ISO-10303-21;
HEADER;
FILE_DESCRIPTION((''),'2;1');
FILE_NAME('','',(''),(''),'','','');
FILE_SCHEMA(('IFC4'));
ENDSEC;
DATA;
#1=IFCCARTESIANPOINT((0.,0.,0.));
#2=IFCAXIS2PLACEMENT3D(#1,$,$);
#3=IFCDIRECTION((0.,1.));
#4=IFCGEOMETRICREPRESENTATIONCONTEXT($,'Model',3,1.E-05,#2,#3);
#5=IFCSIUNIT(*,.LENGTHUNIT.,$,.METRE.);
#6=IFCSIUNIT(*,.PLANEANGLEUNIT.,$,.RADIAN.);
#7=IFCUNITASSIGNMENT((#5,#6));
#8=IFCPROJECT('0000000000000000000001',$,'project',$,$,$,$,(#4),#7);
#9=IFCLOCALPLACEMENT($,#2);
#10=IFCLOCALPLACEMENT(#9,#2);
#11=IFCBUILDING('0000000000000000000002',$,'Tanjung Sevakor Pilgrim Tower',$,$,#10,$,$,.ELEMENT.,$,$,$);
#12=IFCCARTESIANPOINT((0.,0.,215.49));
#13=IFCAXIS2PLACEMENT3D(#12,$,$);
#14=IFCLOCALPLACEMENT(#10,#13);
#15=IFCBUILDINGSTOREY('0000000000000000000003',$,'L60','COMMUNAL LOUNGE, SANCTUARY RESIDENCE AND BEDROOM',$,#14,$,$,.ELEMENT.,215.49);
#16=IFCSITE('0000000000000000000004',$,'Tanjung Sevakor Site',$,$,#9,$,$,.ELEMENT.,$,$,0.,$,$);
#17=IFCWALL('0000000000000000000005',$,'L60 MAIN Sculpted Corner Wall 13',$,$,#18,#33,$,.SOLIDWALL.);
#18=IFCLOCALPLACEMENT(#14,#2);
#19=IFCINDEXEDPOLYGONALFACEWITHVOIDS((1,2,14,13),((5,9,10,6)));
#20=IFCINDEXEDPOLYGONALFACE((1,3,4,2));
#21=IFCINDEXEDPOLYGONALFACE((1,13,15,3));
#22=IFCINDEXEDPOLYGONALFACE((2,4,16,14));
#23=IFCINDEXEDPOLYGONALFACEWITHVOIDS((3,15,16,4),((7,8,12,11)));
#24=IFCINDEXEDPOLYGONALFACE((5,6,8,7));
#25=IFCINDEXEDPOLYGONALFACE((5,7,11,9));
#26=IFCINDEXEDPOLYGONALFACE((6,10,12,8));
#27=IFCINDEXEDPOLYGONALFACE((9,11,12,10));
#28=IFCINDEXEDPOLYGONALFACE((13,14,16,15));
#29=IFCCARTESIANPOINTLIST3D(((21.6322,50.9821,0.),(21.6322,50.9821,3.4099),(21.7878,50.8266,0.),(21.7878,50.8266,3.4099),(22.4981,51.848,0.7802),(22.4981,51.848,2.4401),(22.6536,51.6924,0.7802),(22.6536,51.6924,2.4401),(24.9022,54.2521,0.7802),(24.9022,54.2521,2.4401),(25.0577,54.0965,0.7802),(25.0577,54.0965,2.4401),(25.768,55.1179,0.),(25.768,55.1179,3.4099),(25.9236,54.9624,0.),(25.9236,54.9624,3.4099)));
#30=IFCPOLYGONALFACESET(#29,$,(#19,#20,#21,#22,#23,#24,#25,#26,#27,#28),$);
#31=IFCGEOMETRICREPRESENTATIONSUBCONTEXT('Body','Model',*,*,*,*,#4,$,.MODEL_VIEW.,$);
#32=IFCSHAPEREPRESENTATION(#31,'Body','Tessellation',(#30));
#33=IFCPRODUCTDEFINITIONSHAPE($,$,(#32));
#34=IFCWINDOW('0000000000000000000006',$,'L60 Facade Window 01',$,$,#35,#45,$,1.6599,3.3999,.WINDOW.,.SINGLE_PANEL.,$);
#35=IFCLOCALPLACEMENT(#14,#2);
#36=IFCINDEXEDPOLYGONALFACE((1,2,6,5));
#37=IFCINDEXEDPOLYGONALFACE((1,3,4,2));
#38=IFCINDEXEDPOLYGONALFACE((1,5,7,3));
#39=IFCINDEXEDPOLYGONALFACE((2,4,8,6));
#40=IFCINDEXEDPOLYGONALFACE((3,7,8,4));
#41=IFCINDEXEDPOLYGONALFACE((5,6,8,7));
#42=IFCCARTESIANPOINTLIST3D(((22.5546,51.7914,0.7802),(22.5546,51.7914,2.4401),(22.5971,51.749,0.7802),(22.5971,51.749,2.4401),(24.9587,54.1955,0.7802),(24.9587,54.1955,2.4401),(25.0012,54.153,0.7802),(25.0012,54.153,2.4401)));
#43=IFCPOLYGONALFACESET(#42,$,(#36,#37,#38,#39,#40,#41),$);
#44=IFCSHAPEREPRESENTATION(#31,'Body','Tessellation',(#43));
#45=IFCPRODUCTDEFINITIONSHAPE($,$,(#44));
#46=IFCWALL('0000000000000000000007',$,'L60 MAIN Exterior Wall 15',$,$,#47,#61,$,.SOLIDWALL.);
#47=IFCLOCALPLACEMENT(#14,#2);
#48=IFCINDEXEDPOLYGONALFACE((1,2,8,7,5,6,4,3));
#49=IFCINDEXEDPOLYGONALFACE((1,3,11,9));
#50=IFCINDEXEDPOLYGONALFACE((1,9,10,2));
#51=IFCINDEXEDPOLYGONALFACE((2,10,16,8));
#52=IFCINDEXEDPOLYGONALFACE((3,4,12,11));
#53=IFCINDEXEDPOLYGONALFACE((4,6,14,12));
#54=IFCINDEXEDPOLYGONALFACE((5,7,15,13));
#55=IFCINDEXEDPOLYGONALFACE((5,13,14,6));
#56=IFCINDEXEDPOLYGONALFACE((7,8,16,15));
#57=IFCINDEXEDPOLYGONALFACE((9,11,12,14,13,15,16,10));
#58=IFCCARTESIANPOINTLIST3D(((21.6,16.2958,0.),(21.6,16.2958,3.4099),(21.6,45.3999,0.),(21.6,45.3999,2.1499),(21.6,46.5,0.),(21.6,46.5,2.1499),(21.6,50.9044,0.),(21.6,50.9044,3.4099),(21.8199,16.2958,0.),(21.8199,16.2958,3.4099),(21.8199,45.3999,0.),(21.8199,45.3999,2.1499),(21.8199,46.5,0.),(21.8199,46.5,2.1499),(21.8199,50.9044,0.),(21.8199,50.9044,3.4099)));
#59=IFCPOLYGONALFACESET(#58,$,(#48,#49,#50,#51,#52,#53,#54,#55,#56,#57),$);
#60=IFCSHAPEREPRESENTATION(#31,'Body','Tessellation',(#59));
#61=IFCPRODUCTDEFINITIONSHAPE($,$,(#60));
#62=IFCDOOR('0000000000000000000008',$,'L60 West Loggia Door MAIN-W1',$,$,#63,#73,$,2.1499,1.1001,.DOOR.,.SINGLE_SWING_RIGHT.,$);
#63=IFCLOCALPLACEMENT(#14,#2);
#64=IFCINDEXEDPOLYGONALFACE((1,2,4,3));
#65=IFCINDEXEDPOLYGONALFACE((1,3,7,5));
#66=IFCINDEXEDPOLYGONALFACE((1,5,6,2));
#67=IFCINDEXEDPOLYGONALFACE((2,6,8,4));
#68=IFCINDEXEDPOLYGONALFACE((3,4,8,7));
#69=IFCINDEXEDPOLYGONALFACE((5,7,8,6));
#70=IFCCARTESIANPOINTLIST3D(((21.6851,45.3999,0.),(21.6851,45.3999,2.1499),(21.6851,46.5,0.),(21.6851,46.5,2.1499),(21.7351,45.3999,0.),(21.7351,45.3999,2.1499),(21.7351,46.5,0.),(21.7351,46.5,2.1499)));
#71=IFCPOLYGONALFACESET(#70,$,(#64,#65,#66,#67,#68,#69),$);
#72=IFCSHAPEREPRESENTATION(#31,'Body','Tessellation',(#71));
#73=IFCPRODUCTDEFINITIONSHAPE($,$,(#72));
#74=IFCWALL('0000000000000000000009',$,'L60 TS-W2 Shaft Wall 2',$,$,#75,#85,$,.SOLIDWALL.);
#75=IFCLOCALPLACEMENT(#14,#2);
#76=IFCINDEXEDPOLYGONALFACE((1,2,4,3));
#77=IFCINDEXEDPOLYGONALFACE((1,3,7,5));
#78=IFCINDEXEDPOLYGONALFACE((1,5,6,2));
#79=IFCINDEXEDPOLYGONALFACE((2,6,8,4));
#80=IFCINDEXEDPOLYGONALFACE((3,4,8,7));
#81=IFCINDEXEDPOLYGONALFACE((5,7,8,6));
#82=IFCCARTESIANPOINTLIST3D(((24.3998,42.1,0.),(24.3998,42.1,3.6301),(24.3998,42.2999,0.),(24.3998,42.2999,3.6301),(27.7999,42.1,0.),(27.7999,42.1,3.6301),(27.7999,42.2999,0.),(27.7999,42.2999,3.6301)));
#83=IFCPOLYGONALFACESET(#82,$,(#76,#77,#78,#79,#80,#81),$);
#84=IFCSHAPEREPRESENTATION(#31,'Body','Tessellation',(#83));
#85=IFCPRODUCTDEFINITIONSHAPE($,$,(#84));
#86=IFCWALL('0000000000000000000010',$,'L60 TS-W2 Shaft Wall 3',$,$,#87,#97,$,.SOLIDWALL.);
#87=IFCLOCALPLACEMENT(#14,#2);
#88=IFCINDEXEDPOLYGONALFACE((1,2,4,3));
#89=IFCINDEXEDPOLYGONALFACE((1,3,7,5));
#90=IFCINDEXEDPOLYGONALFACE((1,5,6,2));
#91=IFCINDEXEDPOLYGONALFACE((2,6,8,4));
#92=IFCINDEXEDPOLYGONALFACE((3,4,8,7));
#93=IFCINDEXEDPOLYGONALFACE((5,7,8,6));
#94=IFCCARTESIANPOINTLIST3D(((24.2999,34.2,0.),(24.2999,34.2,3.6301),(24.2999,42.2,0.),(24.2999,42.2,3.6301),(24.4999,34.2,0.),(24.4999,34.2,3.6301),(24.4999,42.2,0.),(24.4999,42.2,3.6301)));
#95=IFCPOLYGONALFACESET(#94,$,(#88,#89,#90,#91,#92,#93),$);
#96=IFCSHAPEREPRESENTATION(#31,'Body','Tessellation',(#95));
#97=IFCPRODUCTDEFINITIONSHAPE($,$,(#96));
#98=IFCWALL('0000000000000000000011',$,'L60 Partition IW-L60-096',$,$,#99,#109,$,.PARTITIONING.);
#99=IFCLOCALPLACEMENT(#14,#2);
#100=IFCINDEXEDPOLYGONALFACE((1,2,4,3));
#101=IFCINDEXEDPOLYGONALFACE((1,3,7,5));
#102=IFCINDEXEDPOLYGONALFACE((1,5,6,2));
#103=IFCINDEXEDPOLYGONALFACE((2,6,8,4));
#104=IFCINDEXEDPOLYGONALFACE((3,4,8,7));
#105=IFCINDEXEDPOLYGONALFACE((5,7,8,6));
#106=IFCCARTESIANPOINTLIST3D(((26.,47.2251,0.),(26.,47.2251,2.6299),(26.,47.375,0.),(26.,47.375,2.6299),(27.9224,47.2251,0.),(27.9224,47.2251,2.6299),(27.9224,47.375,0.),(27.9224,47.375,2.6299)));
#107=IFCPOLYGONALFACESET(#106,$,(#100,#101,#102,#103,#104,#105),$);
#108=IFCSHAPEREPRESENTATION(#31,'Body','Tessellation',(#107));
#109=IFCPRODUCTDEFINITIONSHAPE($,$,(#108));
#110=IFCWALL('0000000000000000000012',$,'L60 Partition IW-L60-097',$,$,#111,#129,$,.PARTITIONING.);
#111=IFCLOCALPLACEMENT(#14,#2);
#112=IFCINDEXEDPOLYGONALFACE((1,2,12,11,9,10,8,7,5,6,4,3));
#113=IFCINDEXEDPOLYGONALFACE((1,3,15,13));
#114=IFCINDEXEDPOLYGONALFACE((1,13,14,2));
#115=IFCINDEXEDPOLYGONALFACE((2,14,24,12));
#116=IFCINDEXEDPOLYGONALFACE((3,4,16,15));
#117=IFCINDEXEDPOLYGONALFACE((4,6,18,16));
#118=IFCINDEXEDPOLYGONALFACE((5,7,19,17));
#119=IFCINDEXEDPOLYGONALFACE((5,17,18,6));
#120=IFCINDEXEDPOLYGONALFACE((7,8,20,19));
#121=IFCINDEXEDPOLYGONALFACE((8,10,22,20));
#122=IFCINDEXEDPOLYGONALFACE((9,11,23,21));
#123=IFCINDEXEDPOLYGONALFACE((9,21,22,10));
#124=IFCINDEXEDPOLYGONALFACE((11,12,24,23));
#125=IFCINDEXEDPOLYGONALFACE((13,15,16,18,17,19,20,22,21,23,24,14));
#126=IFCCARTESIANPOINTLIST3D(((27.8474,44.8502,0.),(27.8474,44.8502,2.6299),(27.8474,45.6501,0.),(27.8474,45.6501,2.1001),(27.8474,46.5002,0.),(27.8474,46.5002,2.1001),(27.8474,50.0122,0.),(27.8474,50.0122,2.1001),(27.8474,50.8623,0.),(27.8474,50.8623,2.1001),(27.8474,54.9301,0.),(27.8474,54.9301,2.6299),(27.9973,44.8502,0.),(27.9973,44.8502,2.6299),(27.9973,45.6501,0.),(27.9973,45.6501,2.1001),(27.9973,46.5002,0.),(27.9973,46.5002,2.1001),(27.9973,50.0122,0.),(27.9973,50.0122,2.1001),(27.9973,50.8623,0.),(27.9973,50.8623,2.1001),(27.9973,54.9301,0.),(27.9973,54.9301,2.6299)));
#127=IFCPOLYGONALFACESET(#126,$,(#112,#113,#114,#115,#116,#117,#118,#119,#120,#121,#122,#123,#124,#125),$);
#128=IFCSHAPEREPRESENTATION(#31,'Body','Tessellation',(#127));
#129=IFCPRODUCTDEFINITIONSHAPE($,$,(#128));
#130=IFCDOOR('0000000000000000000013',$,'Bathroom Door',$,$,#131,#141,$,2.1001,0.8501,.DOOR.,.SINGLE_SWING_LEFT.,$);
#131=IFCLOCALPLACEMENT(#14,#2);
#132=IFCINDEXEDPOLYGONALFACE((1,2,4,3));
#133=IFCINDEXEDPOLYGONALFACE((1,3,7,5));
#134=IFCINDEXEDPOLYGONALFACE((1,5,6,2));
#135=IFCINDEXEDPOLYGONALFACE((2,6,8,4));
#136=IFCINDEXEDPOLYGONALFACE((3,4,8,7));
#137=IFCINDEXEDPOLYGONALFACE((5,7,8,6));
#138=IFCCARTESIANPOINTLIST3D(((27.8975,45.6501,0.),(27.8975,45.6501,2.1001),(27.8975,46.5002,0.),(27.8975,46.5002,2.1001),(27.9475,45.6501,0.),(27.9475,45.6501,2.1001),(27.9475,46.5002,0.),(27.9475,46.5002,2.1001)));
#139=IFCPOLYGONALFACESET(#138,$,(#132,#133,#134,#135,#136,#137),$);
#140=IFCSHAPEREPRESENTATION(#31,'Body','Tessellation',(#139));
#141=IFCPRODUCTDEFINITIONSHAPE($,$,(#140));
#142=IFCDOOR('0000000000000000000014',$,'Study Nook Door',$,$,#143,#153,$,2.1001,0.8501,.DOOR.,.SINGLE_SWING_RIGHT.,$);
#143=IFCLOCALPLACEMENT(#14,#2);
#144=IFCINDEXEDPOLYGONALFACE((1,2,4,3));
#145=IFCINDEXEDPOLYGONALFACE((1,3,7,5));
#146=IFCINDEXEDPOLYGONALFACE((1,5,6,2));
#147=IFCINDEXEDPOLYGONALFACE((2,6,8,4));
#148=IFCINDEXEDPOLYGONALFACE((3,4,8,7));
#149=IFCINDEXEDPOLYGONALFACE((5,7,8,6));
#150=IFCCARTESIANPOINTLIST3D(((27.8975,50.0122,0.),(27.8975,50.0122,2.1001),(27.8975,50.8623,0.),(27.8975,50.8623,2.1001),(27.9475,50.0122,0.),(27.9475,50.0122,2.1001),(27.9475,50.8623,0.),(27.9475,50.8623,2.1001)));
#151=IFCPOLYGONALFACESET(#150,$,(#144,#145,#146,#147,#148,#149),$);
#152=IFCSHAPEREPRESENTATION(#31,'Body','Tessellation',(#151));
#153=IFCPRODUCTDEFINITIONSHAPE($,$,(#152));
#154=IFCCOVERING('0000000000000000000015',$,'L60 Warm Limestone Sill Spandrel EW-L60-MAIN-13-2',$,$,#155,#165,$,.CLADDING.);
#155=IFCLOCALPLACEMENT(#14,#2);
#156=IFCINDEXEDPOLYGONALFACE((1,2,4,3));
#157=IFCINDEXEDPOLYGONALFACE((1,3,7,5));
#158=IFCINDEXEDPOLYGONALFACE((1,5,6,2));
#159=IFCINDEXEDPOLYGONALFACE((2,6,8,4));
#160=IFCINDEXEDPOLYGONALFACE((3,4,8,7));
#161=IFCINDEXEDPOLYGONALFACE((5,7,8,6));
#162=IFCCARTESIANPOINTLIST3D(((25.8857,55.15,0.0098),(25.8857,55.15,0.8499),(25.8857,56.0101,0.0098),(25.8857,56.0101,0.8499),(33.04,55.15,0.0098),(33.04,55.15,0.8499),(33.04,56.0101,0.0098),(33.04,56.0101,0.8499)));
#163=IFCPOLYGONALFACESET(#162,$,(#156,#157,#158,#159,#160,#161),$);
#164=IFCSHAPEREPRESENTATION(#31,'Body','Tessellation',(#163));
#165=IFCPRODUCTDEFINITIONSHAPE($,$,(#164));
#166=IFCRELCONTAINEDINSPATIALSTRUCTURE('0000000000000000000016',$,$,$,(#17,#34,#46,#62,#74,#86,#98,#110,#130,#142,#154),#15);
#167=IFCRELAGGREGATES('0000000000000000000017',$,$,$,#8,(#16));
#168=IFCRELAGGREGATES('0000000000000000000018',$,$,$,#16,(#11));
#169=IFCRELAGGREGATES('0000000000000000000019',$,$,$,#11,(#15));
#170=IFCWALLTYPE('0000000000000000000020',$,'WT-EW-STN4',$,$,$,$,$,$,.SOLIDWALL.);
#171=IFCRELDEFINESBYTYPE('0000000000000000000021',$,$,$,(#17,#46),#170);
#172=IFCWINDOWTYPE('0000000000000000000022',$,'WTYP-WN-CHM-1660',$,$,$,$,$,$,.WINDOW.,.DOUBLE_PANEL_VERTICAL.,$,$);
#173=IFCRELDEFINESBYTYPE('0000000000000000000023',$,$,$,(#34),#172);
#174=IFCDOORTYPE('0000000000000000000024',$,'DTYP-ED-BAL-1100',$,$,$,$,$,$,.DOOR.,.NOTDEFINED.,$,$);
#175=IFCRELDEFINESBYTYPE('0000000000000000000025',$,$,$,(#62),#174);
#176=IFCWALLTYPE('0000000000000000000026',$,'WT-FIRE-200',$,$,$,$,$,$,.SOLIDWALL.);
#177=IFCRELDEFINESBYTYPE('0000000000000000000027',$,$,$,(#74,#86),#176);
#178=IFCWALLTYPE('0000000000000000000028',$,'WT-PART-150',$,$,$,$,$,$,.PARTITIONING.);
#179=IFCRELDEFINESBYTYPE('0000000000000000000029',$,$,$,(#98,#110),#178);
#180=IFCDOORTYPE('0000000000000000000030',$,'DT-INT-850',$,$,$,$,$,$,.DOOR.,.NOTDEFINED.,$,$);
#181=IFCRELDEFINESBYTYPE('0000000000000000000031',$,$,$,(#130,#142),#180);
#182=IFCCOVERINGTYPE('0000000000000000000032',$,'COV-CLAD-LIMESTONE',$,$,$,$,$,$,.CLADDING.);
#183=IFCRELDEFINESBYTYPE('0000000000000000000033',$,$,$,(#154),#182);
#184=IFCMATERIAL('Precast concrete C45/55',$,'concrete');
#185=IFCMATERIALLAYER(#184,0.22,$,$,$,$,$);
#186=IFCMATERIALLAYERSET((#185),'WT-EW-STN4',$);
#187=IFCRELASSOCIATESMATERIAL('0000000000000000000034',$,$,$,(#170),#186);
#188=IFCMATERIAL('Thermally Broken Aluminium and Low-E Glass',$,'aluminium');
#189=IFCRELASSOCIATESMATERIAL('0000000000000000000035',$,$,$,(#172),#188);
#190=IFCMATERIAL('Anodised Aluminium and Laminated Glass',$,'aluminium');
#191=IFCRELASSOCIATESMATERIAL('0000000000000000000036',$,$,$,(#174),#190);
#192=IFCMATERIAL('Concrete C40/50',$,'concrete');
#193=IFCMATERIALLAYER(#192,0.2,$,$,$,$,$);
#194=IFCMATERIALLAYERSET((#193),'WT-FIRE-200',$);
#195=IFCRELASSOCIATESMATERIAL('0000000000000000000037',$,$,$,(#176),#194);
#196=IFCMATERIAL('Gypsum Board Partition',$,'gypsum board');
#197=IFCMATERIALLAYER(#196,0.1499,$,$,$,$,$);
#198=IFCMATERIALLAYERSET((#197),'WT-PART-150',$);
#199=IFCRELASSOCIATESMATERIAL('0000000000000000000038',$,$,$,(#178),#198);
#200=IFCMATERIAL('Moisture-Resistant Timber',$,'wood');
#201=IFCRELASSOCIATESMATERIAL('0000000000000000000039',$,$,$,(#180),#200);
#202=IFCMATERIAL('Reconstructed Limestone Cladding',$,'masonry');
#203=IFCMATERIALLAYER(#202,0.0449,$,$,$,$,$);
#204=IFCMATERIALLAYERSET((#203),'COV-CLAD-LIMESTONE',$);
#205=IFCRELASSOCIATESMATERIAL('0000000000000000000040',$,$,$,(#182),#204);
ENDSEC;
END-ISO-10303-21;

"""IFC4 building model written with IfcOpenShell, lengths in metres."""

from ifc_helpers import new_model, si_unit, direction, frame, frame_2d, origin, origin_2d, place, context, subcontext, project, spatial, rectangle, extrude, material, layer, layer_set, type_object, element, fill, save


model = new_model("IFC4")

# Units and contexts
model_context = context("Model", 3, precision=1e-05, world=origin(), true_north=direction((0.0, 1.0)))
body_context = subcontext(model_context, "Body", "Model", "MODEL_VIEW")
ifc_project = project(units=[si_unit("LENGTHUNIT", "METRE"), si_unit("PLANEANGLEUNIT", "RADIAN")], contexts=[model_context])

# Site, building, storey
site_placement = place(None, origin())
site = spatial("IfcSite", under=ifc_project, at=site_placement, Name="Tanjung Sevakor Site", CompositionType="ELEMENT", RefElevation=0.0)
building_placement = place(site_placement, origin())
building = spatial("IfcBuilding", under=site, at=building_placement, Name="Tanjung Sevakor Pilgrim Tower", CompositionType="ELEMENT")
storey_placement = place(building_placement, frame((0.0, 0.0, 215.49)))
storey = spatial("IfcBuildingStorey", under=building, at=storey_placement, Name="L60", Description="COMMUNAL LOUNGE, SANCTUARY RESIDENCE AND BEDROOM", CompositionType="ELEMENT", Elevation=215.49)

# Wall, opening, window
ifc_material_1 = material(Name="Precast concrete C45/55", Category="concrete")
ifc_layer_1 = layer(ifc_material_1, 0.22)
ifc_layer_set_1 = layer_set([ifc_layer_1], Name="WT-EW-STN4")
wall_type_1 = type_object("IfcWallType", Name="WT-EW-STN4", PredefinedType="SOLIDWALL", material=ifc_layer_set_1)
wall_1_placement = place(storey_placement, frame((25.8457, 55.04, 0.0), z_axis=(0.0, 0.0, 1.0), x_axis=(-0.707107, -0.707107, 0.0)))
wall_1 = element("IfcWall", 1, at=wall_1_placement, inside=storey, type_object=wall_type_1, Name="L60 MAIN Sculpted Corner Wall 13", PredefinedType="SOLIDWALL", context=body_context, shape_type="SweptSolid", body=[
    extrude(rectangle(XDim=5.8489, YDim=0.22, at=frame_2d((2.9243, 0.0))), origin(), (0.0, 0.0, 1.0), 3.4099),
])
opening_1_placement = place(wall_1_placement, frame((1.2244, 0.0, 0.78)))
opening_1 = element("IfcOpeningElement", 2, at=opening_1_placement, cuts=wall_1, PredefinedType="OPENING", context=body_context, shape_type="SweptSolid", body=[
    extrude(rectangle(XDim=3.3999, YDim=1.6599, at=frame_2d((1.7, 0.8301))), frame((0.0, 0.1199, 0.0), z_axis=(0.0, -1.0, 0.0), x_axis=(1.0, 0.0, 0.0)), (0.0, 0.0, 1.0), 0.24),
])
ifc_material_2 = material(Name="Thermally Broken Aluminium and Low-E Glass", Category="aluminium")
window_type = type_object("IfcWindowType", Name="WTYP-WN-CHM-1660", PartitioningType="DOUBLE_PANEL_VERTICAL", PredefinedType="WINDOW", material=ifc_material_2)
window_placement = place(opening_1_placement, origin())
window = element("IfcWindow", 3, at=window_placement, inside=storey, type_object=window_type, Name="L60 Facade Window 01", OverallHeight=1.6599, OverallWidth=3.3999, PartitioningType="SINGLE_PANEL", PredefinedType="WINDOW", context=body_context, shape_type="SweptSolid", body=[
    extrude(rectangle(XDim=3.3999, YDim=1.6599, at=frame_2d((1.7, 0.8301))), frame((0.0, 0.03, 0.0), z_axis=(0.0, -1.0, 0.0), x_axis=(1.0, 0.0, 0.0)), (0.0, 0.0, 1.0), 0.0601),
])
fill(opening_1, window)

# Wall, opening, door
wall_2_placement = place(storey_placement, frame((21.71, 50.9043, 0.0), z_axis=(0.0, 0.0, 1.0), x_axis=(0.0, -1.0, 0.0)))
wall_2 = element("IfcWall", 4, at=wall_2_placement, inside=storey, type_object=wall_type_1, Name="L60 MAIN Exterior Wall 15", PredefinedType="SOLIDWALL", context=body_context, shape_type="SweptSolid", body=[
    extrude(rectangle(XDim=34.6086, YDim=0.22, at=frame_2d((17.3042, 0.0))), origin(), (0.0, 0.0, 1.0), 3.4099),
])
opening_2_placement = place(wall_2_placement, frame((4.4043, 0.0, 0.0)))
opening_2 = element("IfcOpeningElement", 5, at=opening_2_placement, cuts=wall_2, PredefinedType="OPENING", context=body_context, shape_type="SweptSolid", body=[
    extrude(rectangle(XDim=1.1001, YDim=2.1499, at=frame_2d((0.55, 1.075))), frame((0.0, 0.1199, 0.0), z_axis=(0.0, -1.0, 0.0), x_axis=(1.0, 0.0, 0.0)), (0.0, 0.0, 1.0), 0.24),
])
ifc_material_3 = material(Name="Anodised Aluminium and Laminated Glass", Category="aluminium")
door_type_1 = type_object("IfcDoorType", Name="DTYP-ED-BAL-1100", OperationType="NOTDEFINED", PredefinedType="DOOR", material=ifc_material_3)
door_1_placement = place(opening_2_placement, frame((1.1001, 0.0, 0.0), z_axis=(0.0, 0.0, 1.0), x_axis=(-1.0, 0.0, 0.0)))
door_1 = element("IfcDoor", 6, at=door_1_placement, inside=storey, type_object=door_type_1, Name="L60 West Loggia Door MAIN-W1", OperationType="SINGLE_SWING_RIGHT", OverallHeight=2.1499, OverallWidth=1.1001, PredefinedType="DOOR", context=body_context, shape_type="SweptSolid", body=[
    extrude(rectangle(XDim=1.1001, YDim=2.1499, at=frame_2d((0.55, 1.075))), frame((0.0, 0.0249, 0.0), z_axis=(0.0, -1.0, 0.0), x_axis=(1.0, 0.0, 0.0)), (0.0, 0.0, 1.0), 0.05),
])
fill(opening_2, door_1)

# Walls
ifc_material_4 = material(Name="Concrete C40/50", Category="concrete")
ifc_layer_2 = layer(ifc_material_4, 0.2)
ifc_layer_set_2 = layer_set([ifc_layer_2], Name="WT-FIRE-200")
wall_type_2 = type_object("IfcWallType", Name="WT-FIRE-200", PredefinedType="SOLIDWALL", material=ifc_layer_set_2)
wall_3_placement = place(storey_placement, frame((27.8, 42.2, 0.0), z_axis=(0.0, 0.0, 1.0), x_axis=(-1.0, 0.0, 0.0)))
element("IfcWall", 7, at=wall_3_placement, inside=storey, type_object=wall_type_2, Name="L60 TS-W2 Shaft Wall 2", PredefinedType="SOLIDWALL", context=body_context, shape_type="SweptSolid", body=[
    extrude(rectangle(XDim=3.4001, YDim=0.2, at=frame_2d((1.7002, 0.0))), origin(), (0.0, 0.0, 1.0), 3.6301),
])
wall_4_placement = place(storey_placement, frame((24.3999, 42.2, 0.0), z_axis=(0.0, 0.0, 1.0), x_axis=(0.0, -1.0, 0.0)))
element("IfcWall", 8, at=wall_4_placement, inside=storey, type_object=wall_type_2, Name="L60 TS-W2 Shaft Wall 3", PredefinedType="SOLIDWALL", context=body_context, shape_type="SweptSolid", body=[
    extrude(rectangle(XDim=8.0, YDim=0.2, at=frame_2d((4.0, 0.0))), origin(), (0.0, 0.0, 1.0), 3.6301),
])
ifc_material_5 = material(Name="Gypsum Board Partition", Category="gypsum board")
ifc_layer_3 = layer(ifc_material_5, 0.1499)
ifc_layer_set_3 = layer_set([ifc_layer_3], Name="WT-PART-150")
wall_type_3 = type_object("IfcWallType", Name="WT-PART-150", PredefinedType="PARTITIONING", material=ifc_layer_set_3)
wall_5_placement = place(storey_placement, frame((26.0, 47.3, 0.0), z_axis=(0.0, 0.0, 1.0), x_axis=(1.0, 0.0, 0.0)))
element("IfcWall", 9, at=wall_5_placement, inside=storey, type_object=wall_type_3, Name="L60 Partition IW-L60-096", PredefinedType="PARTITIONING", context=body_context, shape_type="SweptSolid", body=[
    extrude(rectangle(XDim=1.9224, YDim=0.1499, at=frame_2d((0.9612, 0.0))), origin(), (0.0, 0.0, 1.0), 2.6299),
])

# Wall, openings, doors
wall_6_placement = place(storey_placement, frame((27.9224, 44.8501, 0.0), z_axis=(0.0, 0.0, 1.0), x_axis=(0.0, 1.0, 0.0)))
wall_6 = element("IfcWall", 10, at=wall_6_placement, inside=storey, type_object=wall_type_3, Name="L60 Partition IW-L60-097", PredefinedType="PARTITIONING", context=body_context, shape_type="SweptSolid", body=[
    extrude(rectangle(XDim=10.0798, YDim=0.1499, at=frame_2d((5.04, 0.0))), origin(), (0.0, 0.0, 1.0), 2.6299),
])
opening_3_placement = place(wall_6_placement, frame((0.8, 0.0, 0.0)))
opening_3 = element("IfcOpeningElement", 11, at=opening_3_placement, cuts=wall_6, PredefinedType="OPENING", context=body_context, shape_type="SweptSolid", body=[
    extrude(rectangle(XDim=0.8501, YDim=2.1001, at=frame_2d((0.425, 1.05))), frame((0.0, 0.085, 0.0), z_axis=(0.0, -1.0, 0.0), x_axis=(1.0, 0.0, 0.0)), (0.0, 0.0, 1.0), 0.1699),
])
opening_4_placement = place(wall_6_placement, frame((5.1621, 0.0, 0.0)))
opening_4 = element("IfcOpeningElement", 12, at=opening_4_placement, cuts=wall_6, PredefinedType="OPENING", context=body_context, shape_type="SweptSolid", body=[
    extrude(rectangle(XDim=0.8501, YDim=2.1001, at=frame_2d((0.425, 1.05))), frame((0.0, 0.085, 0.0), z_axis=(0.0, -1.0, 0.0), x_axis=(1.0, 0.0, 0.0)), (0.0, 0.0, 1.0), 0.1699),
])
ifc_material_6 = material(Name="Moisture-Resistant Timber", Category="wood")
door_type_2 = type_object("IfcDoorType", Name="DT-INT-850", OperationType="NOTDEFINED", PredefinedType="DOOR", material=ifc_material_6)
door_2_placement = place(opening_3_placement, origin())
door_2 = element("IfcDoor", 13, at=door_2_placement, inside=storey, type_object=door_type_2, Name="Bathroom Door", OperationType="SINGLE_SWING_LEFT", OverallHeight=2.1001, OverallWidth=0.8501, PredefinedType="DOOR", context=body_context, shape_type="SweptSolid", body=[
    extrude(rectangle(XDim=0.8501, YDim=2.1001, at=frame_2d((0.425, 1.05))), frame((0.0, 0.0249, 0.0), z_axis=(0.0, -1.0, 0.0), x_axis=(1.0, 0.0, 0.0)), (0.0, 0.0, 1.0), 0.05),
])
fill(opening_3, door_2)
door_3_placement = place(opening_4_placement, origin())
door_3 = element("IfcDoor", 14, at=door_3_placement, inside=storey, type_object=door_type_2, Name="Study Nook Door", OperationType="SINGLE_SWING_RIGHT", OverallHeight=2.1001, OverallWidth=0.8501, PredefinedType="DOOR", context=body_context, shape_type="SweptSolid", body=[
    extrude(rectangle(XDim=0.8501, YDim=2.1001, at=frame_2d((0.425, 1.05))), frame((0.0, 0.0249, 0.0), z_axis=(0.0, -1.0, 0.0), x_axis=(1.0, 0.0, 0.0)), (0.0, 0.0, 1.0), 0.05),
])
fill(opening_4, door_3)

# Covering
ifc_material_7 = material(Name="Reconstructed Limestone Cladding", Category="masonry")
ifc_layer_4 = layer(ifc_material_7, 0.0449)
ifc_layer_set_4 = layer_set([ifc_layer_4], Name="COV-CLAD-LIMESTONE")
covering_type = type_object("IfcCoveringType", Name="COV-CLAD-LIMESTONE", PredefinedType="CLADDING", material=ifc_layer_set_4)
covering_1_placement = place(storey_placement, frame((29.4629, 55.5801, 0.0098), z_axis=(0.0, 0.0, 1.0), x_axis=(-1.0, 0.0, 0.0)))
element("IfcCovering", 15, at=covering_1_placement, inside=storey, type_object=covering_type, Name="L60 Warm Limestone Sill Spandrel EW-L60-MAIN-13-2", PredefinedType="CLADDING", context=body_context, shape_type="SweptSolid", body=[
    extrude(rectangle(XDim=7.1543, YDim=0.8601, at=origin_2d()), origin(), (0.0, 0.0, 1.0), 0.8401),
])

save(model, "model.ifc")
